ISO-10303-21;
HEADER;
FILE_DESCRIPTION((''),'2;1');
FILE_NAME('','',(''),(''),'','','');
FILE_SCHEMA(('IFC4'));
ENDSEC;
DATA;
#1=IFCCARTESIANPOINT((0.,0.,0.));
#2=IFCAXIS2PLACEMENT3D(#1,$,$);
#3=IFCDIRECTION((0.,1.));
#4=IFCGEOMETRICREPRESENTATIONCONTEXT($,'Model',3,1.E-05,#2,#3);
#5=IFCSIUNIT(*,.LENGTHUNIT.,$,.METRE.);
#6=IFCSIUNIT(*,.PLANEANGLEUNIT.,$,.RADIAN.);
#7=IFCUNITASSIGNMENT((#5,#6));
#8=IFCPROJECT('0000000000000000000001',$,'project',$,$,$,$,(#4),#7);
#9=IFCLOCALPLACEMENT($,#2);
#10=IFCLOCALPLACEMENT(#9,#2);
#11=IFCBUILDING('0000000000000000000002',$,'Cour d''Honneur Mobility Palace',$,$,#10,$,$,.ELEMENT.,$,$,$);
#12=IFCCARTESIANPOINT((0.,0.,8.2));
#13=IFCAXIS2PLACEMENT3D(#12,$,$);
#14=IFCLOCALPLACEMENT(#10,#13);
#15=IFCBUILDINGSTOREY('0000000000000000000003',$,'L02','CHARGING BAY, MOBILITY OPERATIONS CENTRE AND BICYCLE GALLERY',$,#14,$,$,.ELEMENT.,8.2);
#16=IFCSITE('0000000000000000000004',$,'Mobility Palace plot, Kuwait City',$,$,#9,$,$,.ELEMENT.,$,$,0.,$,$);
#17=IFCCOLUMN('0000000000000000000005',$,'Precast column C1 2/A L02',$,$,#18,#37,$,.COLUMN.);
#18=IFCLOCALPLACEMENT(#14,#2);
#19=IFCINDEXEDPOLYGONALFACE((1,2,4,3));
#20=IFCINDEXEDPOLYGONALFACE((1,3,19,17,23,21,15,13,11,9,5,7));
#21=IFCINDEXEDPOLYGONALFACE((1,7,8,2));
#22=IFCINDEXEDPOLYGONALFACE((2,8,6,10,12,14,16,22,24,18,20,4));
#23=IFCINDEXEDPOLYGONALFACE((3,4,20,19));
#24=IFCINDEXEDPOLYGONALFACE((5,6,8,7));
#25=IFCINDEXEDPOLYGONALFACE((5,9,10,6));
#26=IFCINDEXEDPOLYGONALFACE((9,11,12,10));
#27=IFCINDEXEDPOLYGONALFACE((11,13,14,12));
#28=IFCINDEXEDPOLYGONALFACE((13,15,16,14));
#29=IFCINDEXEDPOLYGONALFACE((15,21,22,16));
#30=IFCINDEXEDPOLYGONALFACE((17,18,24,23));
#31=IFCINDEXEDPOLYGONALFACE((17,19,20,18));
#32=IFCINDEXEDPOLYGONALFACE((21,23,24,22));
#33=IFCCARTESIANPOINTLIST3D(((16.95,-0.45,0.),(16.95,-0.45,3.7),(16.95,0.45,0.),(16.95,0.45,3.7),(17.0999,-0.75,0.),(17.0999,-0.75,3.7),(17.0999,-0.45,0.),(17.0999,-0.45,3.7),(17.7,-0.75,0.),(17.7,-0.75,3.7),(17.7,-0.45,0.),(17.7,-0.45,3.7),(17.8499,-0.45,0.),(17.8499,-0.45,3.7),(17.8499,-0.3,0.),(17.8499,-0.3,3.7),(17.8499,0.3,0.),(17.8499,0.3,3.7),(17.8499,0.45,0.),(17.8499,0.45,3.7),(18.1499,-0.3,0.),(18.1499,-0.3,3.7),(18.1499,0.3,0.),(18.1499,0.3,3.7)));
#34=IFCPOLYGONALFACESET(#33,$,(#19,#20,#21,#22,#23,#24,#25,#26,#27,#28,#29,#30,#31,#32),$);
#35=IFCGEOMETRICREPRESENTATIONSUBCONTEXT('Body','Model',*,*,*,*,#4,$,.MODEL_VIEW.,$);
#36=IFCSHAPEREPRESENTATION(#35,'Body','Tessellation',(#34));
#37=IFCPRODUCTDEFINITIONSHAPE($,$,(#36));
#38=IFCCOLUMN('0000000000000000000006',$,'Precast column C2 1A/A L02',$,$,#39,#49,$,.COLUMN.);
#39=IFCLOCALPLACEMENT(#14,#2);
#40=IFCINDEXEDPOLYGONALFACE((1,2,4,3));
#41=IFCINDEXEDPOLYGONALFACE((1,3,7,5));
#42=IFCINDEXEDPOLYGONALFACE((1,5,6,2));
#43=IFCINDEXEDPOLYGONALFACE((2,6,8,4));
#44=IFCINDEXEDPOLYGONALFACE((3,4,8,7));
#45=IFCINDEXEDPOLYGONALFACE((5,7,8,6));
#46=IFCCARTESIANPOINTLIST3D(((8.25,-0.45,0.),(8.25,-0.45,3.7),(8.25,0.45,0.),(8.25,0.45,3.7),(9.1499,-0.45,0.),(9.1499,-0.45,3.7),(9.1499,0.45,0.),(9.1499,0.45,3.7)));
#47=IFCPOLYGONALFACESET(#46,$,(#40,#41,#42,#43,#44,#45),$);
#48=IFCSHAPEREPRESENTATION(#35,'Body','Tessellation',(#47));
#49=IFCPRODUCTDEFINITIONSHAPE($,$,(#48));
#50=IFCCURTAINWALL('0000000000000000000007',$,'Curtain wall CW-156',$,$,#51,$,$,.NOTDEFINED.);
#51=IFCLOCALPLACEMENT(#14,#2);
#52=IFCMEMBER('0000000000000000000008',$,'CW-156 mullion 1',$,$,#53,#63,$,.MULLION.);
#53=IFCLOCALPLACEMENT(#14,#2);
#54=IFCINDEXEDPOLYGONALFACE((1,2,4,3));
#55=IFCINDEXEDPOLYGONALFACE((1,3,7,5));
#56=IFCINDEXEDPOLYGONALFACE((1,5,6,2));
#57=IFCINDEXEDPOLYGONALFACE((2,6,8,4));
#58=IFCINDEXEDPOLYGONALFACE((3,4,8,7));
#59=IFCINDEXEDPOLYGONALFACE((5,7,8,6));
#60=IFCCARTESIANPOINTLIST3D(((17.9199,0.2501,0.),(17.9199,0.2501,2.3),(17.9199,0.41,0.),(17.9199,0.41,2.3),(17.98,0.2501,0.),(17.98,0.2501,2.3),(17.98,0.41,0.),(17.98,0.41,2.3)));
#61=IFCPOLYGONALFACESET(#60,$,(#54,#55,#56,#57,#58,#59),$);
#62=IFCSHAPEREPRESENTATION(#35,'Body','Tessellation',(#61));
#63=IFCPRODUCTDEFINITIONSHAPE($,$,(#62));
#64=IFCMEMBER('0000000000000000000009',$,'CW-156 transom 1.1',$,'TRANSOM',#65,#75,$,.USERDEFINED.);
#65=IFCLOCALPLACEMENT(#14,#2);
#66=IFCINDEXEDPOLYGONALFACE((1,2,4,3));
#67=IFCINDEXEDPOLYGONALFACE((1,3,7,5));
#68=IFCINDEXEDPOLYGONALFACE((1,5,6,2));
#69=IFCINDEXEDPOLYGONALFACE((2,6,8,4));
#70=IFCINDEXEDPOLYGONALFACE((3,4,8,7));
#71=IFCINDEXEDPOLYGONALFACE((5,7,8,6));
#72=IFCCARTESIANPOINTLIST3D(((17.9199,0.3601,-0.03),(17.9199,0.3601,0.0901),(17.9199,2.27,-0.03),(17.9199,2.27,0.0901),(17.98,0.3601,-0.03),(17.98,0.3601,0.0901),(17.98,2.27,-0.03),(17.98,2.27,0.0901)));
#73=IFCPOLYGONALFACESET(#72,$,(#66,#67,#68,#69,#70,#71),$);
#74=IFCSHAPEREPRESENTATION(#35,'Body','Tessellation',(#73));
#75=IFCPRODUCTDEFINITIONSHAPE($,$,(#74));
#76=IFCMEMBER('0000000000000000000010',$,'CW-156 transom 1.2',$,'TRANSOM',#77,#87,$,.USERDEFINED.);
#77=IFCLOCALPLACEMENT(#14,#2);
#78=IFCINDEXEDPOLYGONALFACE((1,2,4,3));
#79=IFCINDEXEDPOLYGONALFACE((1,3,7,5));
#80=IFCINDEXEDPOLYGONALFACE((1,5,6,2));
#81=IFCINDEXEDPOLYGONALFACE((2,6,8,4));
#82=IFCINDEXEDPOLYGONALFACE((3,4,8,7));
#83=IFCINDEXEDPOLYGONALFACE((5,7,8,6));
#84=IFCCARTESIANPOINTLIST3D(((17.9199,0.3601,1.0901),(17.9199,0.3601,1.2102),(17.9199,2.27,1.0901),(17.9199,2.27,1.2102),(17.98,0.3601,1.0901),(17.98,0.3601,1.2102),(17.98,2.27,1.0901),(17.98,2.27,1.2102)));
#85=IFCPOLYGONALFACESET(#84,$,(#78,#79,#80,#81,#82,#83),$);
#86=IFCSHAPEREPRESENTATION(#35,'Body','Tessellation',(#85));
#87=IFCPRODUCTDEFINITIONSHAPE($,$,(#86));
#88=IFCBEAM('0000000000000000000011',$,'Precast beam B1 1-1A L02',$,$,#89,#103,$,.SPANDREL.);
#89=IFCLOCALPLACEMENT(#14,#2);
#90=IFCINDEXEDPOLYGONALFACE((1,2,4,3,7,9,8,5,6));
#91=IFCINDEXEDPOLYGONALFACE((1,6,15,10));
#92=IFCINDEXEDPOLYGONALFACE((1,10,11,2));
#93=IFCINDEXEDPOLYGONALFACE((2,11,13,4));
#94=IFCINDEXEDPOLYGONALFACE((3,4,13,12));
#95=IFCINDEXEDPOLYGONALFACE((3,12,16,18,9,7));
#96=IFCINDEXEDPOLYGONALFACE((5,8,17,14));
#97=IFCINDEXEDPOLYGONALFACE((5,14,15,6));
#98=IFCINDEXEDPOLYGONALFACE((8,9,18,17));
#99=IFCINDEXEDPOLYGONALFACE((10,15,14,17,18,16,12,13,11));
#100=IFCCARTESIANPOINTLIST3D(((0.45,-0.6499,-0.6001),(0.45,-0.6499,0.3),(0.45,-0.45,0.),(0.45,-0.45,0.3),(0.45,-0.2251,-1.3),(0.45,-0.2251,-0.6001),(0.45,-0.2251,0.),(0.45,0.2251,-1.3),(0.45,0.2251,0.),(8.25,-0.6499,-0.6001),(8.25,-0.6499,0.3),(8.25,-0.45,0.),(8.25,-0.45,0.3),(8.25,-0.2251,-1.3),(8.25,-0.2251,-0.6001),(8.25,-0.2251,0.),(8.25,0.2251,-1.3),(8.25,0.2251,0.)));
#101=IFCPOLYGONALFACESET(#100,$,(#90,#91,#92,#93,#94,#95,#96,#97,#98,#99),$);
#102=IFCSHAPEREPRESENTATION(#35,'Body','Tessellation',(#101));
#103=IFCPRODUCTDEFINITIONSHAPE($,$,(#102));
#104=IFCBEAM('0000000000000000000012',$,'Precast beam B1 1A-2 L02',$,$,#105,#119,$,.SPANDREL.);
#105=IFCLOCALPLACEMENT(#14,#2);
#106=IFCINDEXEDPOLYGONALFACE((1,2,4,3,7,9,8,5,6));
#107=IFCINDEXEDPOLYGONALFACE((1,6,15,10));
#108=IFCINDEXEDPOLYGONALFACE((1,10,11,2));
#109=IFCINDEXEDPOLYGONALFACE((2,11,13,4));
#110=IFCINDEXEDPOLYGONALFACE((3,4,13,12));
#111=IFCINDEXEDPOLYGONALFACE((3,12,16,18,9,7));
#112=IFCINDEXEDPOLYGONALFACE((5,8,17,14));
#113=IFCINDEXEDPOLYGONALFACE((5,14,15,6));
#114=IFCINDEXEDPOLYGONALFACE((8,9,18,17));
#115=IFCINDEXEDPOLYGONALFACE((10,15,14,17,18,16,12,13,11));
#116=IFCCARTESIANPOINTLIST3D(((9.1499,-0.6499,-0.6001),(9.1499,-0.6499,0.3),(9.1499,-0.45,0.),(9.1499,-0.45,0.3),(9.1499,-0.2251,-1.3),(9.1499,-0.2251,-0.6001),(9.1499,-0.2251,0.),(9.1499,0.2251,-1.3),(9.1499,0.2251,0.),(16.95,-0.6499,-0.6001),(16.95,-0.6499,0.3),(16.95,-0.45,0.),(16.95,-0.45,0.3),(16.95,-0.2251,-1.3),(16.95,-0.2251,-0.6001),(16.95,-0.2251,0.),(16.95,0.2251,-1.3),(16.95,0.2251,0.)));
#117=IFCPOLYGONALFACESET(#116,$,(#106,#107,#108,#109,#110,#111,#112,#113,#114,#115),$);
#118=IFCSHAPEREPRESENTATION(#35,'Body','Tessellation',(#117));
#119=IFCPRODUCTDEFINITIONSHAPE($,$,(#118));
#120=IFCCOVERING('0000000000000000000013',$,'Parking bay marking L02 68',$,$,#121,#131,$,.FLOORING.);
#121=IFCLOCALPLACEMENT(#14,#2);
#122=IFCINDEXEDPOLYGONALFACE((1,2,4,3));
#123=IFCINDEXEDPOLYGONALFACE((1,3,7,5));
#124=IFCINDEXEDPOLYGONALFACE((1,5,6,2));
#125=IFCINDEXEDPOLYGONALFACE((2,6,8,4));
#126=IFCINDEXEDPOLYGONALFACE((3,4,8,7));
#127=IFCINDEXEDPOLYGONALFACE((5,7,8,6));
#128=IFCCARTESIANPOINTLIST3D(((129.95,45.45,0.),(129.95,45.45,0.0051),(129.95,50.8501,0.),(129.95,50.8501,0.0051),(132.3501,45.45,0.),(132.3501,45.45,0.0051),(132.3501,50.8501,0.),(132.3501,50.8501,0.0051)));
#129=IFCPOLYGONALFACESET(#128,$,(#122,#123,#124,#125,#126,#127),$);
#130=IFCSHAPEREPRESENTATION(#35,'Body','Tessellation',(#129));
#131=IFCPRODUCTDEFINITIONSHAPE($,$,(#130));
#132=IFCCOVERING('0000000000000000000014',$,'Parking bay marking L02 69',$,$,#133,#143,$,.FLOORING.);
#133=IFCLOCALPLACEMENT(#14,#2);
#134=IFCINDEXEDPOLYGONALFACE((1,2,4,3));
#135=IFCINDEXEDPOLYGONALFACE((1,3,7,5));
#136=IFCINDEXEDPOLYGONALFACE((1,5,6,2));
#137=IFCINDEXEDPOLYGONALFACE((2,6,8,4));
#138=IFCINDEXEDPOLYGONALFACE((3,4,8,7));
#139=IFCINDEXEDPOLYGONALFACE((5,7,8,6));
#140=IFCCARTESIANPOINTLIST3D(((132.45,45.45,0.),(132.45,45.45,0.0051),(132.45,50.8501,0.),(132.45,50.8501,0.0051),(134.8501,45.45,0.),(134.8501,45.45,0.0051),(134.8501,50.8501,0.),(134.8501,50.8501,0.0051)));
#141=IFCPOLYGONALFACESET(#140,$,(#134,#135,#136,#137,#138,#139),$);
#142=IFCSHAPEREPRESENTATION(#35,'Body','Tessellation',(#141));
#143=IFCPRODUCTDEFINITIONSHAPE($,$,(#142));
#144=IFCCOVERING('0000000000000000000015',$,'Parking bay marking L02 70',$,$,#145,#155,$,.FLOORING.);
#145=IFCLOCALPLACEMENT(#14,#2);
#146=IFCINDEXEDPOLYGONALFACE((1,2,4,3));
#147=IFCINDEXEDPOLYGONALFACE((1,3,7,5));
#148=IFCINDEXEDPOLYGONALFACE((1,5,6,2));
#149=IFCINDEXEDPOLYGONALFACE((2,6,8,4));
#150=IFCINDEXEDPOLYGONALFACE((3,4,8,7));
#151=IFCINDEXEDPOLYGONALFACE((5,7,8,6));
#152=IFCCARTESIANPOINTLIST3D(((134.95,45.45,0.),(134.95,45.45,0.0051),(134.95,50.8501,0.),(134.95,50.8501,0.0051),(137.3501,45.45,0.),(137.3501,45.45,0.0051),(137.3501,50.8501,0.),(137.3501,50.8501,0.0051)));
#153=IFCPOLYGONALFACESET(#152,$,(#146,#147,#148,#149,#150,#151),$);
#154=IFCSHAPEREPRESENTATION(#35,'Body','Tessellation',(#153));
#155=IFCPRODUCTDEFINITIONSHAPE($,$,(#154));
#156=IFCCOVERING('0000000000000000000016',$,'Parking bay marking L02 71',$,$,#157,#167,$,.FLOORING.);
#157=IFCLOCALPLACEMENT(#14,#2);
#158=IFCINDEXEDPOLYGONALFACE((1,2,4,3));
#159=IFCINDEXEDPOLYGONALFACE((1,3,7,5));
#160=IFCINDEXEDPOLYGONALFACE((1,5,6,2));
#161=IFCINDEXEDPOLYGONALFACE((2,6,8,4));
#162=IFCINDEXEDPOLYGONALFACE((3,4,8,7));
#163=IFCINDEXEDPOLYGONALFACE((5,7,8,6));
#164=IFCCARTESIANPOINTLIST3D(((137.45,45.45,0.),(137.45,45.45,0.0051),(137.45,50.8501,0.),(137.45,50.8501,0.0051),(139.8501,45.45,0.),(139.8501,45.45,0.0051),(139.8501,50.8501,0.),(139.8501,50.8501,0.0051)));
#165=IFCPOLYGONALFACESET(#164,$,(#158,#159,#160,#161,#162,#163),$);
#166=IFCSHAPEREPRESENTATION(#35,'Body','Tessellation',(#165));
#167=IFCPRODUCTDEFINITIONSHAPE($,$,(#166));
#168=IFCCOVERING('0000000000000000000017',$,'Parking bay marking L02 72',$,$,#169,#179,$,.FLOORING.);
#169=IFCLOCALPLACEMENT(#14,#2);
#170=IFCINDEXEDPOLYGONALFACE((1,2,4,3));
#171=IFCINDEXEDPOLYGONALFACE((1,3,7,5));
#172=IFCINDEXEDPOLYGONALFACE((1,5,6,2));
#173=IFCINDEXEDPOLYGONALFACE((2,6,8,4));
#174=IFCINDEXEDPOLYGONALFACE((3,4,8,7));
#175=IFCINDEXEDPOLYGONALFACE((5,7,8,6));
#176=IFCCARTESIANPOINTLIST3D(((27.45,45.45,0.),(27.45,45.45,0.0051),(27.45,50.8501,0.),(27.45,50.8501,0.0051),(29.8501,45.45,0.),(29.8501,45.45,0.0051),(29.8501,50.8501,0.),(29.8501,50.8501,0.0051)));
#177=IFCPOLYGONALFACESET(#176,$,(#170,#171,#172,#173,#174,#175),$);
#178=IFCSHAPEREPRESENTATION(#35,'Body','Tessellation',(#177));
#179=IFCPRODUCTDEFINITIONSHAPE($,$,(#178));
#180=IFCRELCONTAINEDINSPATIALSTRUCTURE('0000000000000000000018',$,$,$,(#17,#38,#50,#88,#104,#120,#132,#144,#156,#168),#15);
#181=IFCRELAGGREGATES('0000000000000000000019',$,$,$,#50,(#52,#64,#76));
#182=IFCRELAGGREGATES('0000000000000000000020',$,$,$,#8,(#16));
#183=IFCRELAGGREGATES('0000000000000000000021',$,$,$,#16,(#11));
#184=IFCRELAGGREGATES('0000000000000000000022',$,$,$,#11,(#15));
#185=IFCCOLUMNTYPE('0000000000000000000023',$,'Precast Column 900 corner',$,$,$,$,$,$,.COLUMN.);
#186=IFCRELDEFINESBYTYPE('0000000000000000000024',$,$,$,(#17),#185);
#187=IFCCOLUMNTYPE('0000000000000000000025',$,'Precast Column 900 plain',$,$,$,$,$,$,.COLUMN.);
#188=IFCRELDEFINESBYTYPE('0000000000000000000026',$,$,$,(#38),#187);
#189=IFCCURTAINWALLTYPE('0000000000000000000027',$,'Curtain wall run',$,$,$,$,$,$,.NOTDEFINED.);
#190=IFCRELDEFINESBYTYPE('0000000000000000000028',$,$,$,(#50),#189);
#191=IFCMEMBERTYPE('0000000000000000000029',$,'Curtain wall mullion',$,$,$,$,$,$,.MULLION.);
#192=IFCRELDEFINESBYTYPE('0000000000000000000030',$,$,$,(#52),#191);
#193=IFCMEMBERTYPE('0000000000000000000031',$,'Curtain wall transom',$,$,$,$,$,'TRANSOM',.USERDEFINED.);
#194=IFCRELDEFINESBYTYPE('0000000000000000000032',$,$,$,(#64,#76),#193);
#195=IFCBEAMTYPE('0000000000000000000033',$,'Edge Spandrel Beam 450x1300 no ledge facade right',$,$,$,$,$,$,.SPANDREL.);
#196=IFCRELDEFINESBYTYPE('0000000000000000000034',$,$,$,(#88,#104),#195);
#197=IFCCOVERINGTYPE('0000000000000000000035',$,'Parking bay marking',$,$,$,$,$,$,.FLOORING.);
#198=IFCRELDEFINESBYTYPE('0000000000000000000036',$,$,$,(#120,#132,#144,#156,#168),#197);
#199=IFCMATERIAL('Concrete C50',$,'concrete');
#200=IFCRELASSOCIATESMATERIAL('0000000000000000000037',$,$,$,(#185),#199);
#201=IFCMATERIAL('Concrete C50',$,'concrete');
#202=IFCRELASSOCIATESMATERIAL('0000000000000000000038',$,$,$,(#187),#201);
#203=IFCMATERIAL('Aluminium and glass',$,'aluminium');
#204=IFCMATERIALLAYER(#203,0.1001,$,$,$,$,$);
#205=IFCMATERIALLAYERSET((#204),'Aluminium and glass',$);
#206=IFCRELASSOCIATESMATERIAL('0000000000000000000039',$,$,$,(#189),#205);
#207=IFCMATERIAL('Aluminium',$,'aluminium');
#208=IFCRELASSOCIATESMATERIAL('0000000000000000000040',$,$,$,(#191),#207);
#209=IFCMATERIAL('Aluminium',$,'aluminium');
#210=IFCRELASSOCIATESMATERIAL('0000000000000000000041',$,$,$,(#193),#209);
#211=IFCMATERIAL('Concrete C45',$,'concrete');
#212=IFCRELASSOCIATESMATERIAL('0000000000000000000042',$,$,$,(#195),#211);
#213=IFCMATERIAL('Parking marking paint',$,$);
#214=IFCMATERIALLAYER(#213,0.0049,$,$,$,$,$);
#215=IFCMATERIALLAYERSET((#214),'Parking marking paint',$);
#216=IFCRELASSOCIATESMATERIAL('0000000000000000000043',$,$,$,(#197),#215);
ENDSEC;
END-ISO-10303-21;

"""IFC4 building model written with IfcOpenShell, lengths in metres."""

from ifc_helpers import new_model, si_unit, direction, frame, origin, origin_2d, place, context, subcontext, project, spatial, polyline, rectangle, outline, extrude, material, layer, layer_set, material_profile, profile_set, type_object, element, aggregate, save


model = new_model("IFC4")

# Units and contexts
model_context = context("Model", 3, precision=1e-05, world=origin(), true_north=direction((0.0, 1.0)))
body_context = subcontext(model_context, "Body", "Model", "MODEL_VIEW")
ifc_project = project(units=[si_unit("LENGTHUNIT", "METRE"), si_unit("PLANEANGLEUNIT", "RADIAN")], contexts=[model_context])

# Site, building, storey
site_placement = place(None, origin())
site = spatial("IfcSite", under=ifc_project, at=site_placement, Name="Mobility Palace plot, Kuwait City", CompositionType="ELEMENT", RefElevation=0.0)
building_placement = place(site_placement, origin())
building = spatial("IfcBuilding", under=site, at=building_placement, Name="Cour d'Honneur Mobility Palace", CompositionType="ELEMENT")
storey_placement = place(building_placement, frame((0.0, 0.0, 8.2)))
storey = spatial("IfcBuildingStorey", under=building, at=storey_placement, Name="L02", Description="CHARGING BAY, MOBILITY OPERATIONS CENTRE AND BICYCLE GALLERY", CompositionType="ELEMENT", Elevation=8.2)

# Columns
ifc_material_1 = material(Name="Concrete C50", Category="concrete")
ifc_material_profile_1 = material_profile(ifc_material_1, outline(polyline([(-0.45, -0.45), (0.45, -0.45), (0.45, -0.3), (0.75, -0.3), (0.75, 0.3), (0.45, 0.3), (0.45, 0.45), (0.3, 0.45), (0.3, 0.75), (-0.3, 0.75), (-0.3, 0.45), (-0.45, 0.45), (-0.45, -0.45)])), Name="PC C900 corner")
ifc_profile_set_1 = profile_set([ifc_material_profile_1], Name="Concrete C50")
column_type_1 = type_object("IfcColumnType", Name="Precast Column 900 corner", PredefinedType="COLUMN", material=ifc_profile_set_1)
column_1_placement = place(storey_placement, frame((17.3999, 0.0, 0.0), z_axis=(0.0, 0.0, 1.0), x_axis=(0.0, -1.0, 0.0)))
element("IfcColumn", 1, at=column_1_placement, inside=storey, type_object=column_type_1, Name="Precast column C1 2/A L02", PredefinedType="COLUMN", context=body_context, shape_type="SweptSolid", body=[
    extrude(outline(polyline([(-0.45, -0.45), (0.45, -0.45), (0.45, -0.3), (0.75, -0.3), (0.75, 0.3), (0.45, 0.3), (0.45, 0.45), (0.3, 0.45), (0.3, 0.75), (-0.3, 0.75), (-0.3, 0.45), (-0.45, 0.45), (-0.45, -0.45)])), origin(), (0.0, 0.0, 1.0), 3.7),
])
ifc_material_2 = material(Name="Concrete C50", Category="concrete")
ifc_material_profile_2 = material_profile(ifc_material_2, outline(polyline([(-0.45, -0.45), (0.45, -0.45), (0.45, 0.45), (-0.45, 0.45), (-0.45, -0.45)])), Name="PC C900 plain")
ifc_profile_set_2 = profile_set([ifc_material_profile_2], Name="Concrete C50")
column_type_2 = type_object("IfcColumnType", Name="Precast Column 900 plain", PredefinedType="COLUMN", material=ifc_profile_set_2)
column_2_placement = place(storey_placement, frame((8.7, 0.0, 0.0), z_axis=(0.0, 0.0, 1.0), x_axis=(1.0, 0.0, 0.0)))
element("IfcColumn", 2, at=column_2_placement, inside=storey, type_object=column_type_2, Name="Precast column C2 1A/A L02", PredefinedType="COLUMN", context=body_context, shape_type="SweptSolid", body=[
    extrude(outline(polyline([(-0.45, -0.45), (0.45, -0.45), (0.45, 0.45), (-0.45, 0.45), (-0.45, -0.45)])), origin(), (0.0, 0.0, 1.0), 3.7),
])

# Curtain wall, members
ifc_material_3 = material(Name="Aluminium and glass", Category="aluminium")
ifc_layer_1 = layer(ifc_material_3, 0.1001)
ifc_layer_set_1 = layer_set([ifc_layer_1], Name="Aluminium and glass")
curtain_wall_type = type_object("IfcCurtainWallType", Name="Curtain wall run", PredefinedType="NOTDEFINED", material=ifc_layer_set_1)
curtain_wall_placement = place(storey_placement, origin())
curtain_wall = element("IfcCurtainWall", 3, at=curtain_wall_placement, inside=storey, type_object=curtain_wall_type, Name="Curtain wall CW-156", PredefinedType="NOTDEFINED")
ifc_material_4 = material(Name="Aluminium", Category="aluminium")
ifc_material_profile_3 = material_profile(ifc_material_4, rectangle(XDim=0.0601, YDim=0.1599, at=origin_2d()), Name="Curtain wall mullion")
ifc_profile_set_3 = profile_set([ifc_material_profile_3], Name="Aluminium")
member_type_1 = type_object("IfcMemberType", Name="Curtain wall mullion", PredefinedType="MULLION", material=ifc_profile_set_3)
member_1_placement = place(storey_placement, frame((17.95, 0.3301, 0.0), z_axis=(0.0, 0.0, 1.0), x_axis=(-1.0, 0.0, 0.0)))
member_1 = element("IfcMember", 4, at=member_1_placement, type_object=member_type_1, Name="CW-156 mullion 1", PredefinedType="MULLION", context=body_context, shape_type="SweptSolid", body=[
    extrude(rectangle(XDim=0.0601, YDim=0.1599, at=origin_2d()), origin(), (0.0, 0.0, 1.0), 2.3),
])
ifc_material_5 = material(Name="Aluminium", Category="aluminium")
ifc_material_profile_4 = material_profile(ifc_material_5, rectangle(XDim=0.0601, YDim=0.1201, at=origin_2d()), Name="Curtain wall transom")
ifc_profile_set_4 = profile_set([ifc_material_profile_4], Name="Aluminium")
member_type_2 = type_object("IfcMemberType", Name="Curtain wall transom", ElementType="TRANSOM", PredefinedType="USERDEFINED", material=ifc_profile_set_4)
member_2_placement = place(storey_placement, frame((17.95, 0.3601, 0.03), z_axis=(0.0, 1.0, 0.0), x_axis=(-1.0, 0.0, 0.0)))
member_2 = element("IfcMember", 5, at=member_2_placement, type_object=member_type_2, Name="CW-156 transom 1.1", ObjectType="TRANSOM", PredefinedType="USERDEFINED", context=body_context, shape_type="SweptSolid", body=[
    extrude(rectangle(XDim=0.0601, YDim=0.1201, at=origin_2d()), origin(), (0.0, 0.0, 1.0), 1.9099),
])
member_3_placement = place(storey_placement, frame((17.95, 0.3601, 1.1501), z_axis=(0.0, 1.0, 0.0), x_axis=(-1.0, 0.0, 0.0)))
member_3 = element("IfcMember", 6, at=member_3_placement, type_object=member_type_2, Name="CW-156 transom 1.2", ObjectType="TRANSOM", PredefinedType="USERDEFINED", context=body_context, shape_type="SweptSolid", body=[
    extrude(rectangle(XDim=0.0601, YDim=0.1201, at=origin_2d()), origin(), (0.0, 0.0, 1.0), 1.9099),
])
aggregate(curtain_wall, [member_1, member_2, member_3])

# Beams
ifc_material_6 = material(Name="Concrete C45", Category="concrete")
ifc_material_profile_5 = material_profile(ifc_material_6, outline(polyline([(0.2251, -1.3), (0.2251, 0.0), (-0.2251, 0.0), (-0.45, 0.0), (-0.45, 0.3), (-0.6499, 0.3), (-0.6499, -0.6001), (-0.2251, -0.6001), (-0.2251, -1.3), (0.2251, -1.3)])), Name="Edge Spandrel Beam 450x1300 no ledge facade right")
ifc_profile_set_5 = profile_set([ifc_material_profile_5], Name="Concrete C45")
beam_type = type_object("IfcBeamType", Name="Edge Spandrel Beam 450x1300 no ledge facade right", PredefinedType="SPANDREL", material=ifc_profile_set_5)
for number, where, z_axis, x_axis, name in (
    (7, (0.45, 0.0, 0.0), (1.0, 0.0, 0.0), (0.0, 1.0, 0.0), "Precast beam B1 1-1A L02"),
    (8, (9.1499, 0.0, 0.0), (1.0, 0.0, 0.0), (0.0, 1.0, 0.0), "Precast beam B1 1A-2 L02"),
):
    element("IfcBeam", number, at=place(storey_placement, frame(where, z_axis=z_axis, x_axis=x_axis)), inside=storey, type_object=beam_type, Name=name, PredefinedType="SPANDREL", context=body_context, shape_type="SweptSolid", body=[
        extrude(outline(polyline([(0.2251, -1.3), (0.2251, 0.0), (-0.2251, 0.0), (-0.45, 0.0), (-0.45, 0.3), (-0.6499, 0.3), (-0.6499, -0.6001), (-0.2251, -0.6001), (-0.2251, -1.3), (0.2251, -1.3)])), origin(), (0.0, 0.0, 1.0), 7.8),
    ])

# Coverings
ifc_material_7 = material(Name="Parking marking paint")
ifc_layer_2 = layer(ifc_material_7, 0.0049)
ifc_layer_set_2 = layer_set([ifc_layer_2], Name="Parking marking paint")
covering_type = type_object("IfcCoveringType", Name="Parking bay marking", PredefinedType="FLOORING", material=ifc_layer_set_2)
covering_1_placement = place(storey_placement, origin())
element("IfcCovering", 9, at=covering_1_placement, inside=storey, type_object=covering_type, Name="Parking bay marking L02 68", PredefinedType="FLOORING", context=body_context, shape_type="SweptSolid", body=[
    extrude(outline(polyline([(132.3501, 45.45), (129.95, 45.45), (129.95, 50.8501), (132.3501, 50.8501), (132.3501, 45.45)])), origin(), (0.0, 0.0, 1.0), 0.0051),
])
covering_2_placement = place(storey_placement, origin())
element("IfcCovering", 10, at=covering_2_placement, inside=storey, type_object=covering_type, Name="Parking bay marking L02 69", PredefinedType="FLOORING", context=body_context, shape_type="SweptSolid", body=[
    extrude(outline(polyline([(134.8501, 45.45), (132.45, 45.45), (132.45, 50.8501), (134.8501, 50.8501), (134.8501, 45.45)])), origin(), (0.0, 0.0, 1.0), 0.0051),
])
covering_3_placement = place(storey_placement, origin())
element("IfcCovering", 11, at=covering_3_placement, inside=storey, type_object=covering_type, Name="Parking bay marking L02 70", PredefinedType="FLOORING", context=body_context, shape_type="SweptSolid", body=[
    extrude(outline(polyline([(137.3501, 45.45), (134.95, 45.45), (134.95, 50.8501), (137.3501, 50.8501), (137.3501, 45.45)])), origin(), (0.0, 0.0, 1.0), 0.0051),
])
covering_4_placement = place(storey_placement, origin())
element("IfcCovering", 12, at=covering_4_placement, inside=storey, type_object=covering_type, Name="Parking bay marking L02 71", PredefinedType="FLOORING", context=body_context, shape_type="SweptSolid", body=[
    extrude(outline(polyline([(139.8501, 45.45), (137.45, 45.45), (137.45, 50.8501), (139.8501, 50.8501), (139.8501, 45.45)])), origin(), (0.0, 0.0, 1.0), 0.0051),
])
covering_5_placement = place(storey_placement, origin())
element("IfcCovering", 13, at=covering_5_placement, inside=storey, type_object=covering_type, Name="Parking bay marking L02 72", PredefinedType="FLOORING", context=body_context, shape_type="SweptSolid", body=[
    extrude(outline(polyline([(29.8501, 45.45), (27.45, 45.45), (27.45, 50.8501), (29.8501, 50.8501), (29.8501, 45.45)])), origin(), (0.0, 0.0, 1.0), 0.0051),
])

save(model, "model.ifc")
